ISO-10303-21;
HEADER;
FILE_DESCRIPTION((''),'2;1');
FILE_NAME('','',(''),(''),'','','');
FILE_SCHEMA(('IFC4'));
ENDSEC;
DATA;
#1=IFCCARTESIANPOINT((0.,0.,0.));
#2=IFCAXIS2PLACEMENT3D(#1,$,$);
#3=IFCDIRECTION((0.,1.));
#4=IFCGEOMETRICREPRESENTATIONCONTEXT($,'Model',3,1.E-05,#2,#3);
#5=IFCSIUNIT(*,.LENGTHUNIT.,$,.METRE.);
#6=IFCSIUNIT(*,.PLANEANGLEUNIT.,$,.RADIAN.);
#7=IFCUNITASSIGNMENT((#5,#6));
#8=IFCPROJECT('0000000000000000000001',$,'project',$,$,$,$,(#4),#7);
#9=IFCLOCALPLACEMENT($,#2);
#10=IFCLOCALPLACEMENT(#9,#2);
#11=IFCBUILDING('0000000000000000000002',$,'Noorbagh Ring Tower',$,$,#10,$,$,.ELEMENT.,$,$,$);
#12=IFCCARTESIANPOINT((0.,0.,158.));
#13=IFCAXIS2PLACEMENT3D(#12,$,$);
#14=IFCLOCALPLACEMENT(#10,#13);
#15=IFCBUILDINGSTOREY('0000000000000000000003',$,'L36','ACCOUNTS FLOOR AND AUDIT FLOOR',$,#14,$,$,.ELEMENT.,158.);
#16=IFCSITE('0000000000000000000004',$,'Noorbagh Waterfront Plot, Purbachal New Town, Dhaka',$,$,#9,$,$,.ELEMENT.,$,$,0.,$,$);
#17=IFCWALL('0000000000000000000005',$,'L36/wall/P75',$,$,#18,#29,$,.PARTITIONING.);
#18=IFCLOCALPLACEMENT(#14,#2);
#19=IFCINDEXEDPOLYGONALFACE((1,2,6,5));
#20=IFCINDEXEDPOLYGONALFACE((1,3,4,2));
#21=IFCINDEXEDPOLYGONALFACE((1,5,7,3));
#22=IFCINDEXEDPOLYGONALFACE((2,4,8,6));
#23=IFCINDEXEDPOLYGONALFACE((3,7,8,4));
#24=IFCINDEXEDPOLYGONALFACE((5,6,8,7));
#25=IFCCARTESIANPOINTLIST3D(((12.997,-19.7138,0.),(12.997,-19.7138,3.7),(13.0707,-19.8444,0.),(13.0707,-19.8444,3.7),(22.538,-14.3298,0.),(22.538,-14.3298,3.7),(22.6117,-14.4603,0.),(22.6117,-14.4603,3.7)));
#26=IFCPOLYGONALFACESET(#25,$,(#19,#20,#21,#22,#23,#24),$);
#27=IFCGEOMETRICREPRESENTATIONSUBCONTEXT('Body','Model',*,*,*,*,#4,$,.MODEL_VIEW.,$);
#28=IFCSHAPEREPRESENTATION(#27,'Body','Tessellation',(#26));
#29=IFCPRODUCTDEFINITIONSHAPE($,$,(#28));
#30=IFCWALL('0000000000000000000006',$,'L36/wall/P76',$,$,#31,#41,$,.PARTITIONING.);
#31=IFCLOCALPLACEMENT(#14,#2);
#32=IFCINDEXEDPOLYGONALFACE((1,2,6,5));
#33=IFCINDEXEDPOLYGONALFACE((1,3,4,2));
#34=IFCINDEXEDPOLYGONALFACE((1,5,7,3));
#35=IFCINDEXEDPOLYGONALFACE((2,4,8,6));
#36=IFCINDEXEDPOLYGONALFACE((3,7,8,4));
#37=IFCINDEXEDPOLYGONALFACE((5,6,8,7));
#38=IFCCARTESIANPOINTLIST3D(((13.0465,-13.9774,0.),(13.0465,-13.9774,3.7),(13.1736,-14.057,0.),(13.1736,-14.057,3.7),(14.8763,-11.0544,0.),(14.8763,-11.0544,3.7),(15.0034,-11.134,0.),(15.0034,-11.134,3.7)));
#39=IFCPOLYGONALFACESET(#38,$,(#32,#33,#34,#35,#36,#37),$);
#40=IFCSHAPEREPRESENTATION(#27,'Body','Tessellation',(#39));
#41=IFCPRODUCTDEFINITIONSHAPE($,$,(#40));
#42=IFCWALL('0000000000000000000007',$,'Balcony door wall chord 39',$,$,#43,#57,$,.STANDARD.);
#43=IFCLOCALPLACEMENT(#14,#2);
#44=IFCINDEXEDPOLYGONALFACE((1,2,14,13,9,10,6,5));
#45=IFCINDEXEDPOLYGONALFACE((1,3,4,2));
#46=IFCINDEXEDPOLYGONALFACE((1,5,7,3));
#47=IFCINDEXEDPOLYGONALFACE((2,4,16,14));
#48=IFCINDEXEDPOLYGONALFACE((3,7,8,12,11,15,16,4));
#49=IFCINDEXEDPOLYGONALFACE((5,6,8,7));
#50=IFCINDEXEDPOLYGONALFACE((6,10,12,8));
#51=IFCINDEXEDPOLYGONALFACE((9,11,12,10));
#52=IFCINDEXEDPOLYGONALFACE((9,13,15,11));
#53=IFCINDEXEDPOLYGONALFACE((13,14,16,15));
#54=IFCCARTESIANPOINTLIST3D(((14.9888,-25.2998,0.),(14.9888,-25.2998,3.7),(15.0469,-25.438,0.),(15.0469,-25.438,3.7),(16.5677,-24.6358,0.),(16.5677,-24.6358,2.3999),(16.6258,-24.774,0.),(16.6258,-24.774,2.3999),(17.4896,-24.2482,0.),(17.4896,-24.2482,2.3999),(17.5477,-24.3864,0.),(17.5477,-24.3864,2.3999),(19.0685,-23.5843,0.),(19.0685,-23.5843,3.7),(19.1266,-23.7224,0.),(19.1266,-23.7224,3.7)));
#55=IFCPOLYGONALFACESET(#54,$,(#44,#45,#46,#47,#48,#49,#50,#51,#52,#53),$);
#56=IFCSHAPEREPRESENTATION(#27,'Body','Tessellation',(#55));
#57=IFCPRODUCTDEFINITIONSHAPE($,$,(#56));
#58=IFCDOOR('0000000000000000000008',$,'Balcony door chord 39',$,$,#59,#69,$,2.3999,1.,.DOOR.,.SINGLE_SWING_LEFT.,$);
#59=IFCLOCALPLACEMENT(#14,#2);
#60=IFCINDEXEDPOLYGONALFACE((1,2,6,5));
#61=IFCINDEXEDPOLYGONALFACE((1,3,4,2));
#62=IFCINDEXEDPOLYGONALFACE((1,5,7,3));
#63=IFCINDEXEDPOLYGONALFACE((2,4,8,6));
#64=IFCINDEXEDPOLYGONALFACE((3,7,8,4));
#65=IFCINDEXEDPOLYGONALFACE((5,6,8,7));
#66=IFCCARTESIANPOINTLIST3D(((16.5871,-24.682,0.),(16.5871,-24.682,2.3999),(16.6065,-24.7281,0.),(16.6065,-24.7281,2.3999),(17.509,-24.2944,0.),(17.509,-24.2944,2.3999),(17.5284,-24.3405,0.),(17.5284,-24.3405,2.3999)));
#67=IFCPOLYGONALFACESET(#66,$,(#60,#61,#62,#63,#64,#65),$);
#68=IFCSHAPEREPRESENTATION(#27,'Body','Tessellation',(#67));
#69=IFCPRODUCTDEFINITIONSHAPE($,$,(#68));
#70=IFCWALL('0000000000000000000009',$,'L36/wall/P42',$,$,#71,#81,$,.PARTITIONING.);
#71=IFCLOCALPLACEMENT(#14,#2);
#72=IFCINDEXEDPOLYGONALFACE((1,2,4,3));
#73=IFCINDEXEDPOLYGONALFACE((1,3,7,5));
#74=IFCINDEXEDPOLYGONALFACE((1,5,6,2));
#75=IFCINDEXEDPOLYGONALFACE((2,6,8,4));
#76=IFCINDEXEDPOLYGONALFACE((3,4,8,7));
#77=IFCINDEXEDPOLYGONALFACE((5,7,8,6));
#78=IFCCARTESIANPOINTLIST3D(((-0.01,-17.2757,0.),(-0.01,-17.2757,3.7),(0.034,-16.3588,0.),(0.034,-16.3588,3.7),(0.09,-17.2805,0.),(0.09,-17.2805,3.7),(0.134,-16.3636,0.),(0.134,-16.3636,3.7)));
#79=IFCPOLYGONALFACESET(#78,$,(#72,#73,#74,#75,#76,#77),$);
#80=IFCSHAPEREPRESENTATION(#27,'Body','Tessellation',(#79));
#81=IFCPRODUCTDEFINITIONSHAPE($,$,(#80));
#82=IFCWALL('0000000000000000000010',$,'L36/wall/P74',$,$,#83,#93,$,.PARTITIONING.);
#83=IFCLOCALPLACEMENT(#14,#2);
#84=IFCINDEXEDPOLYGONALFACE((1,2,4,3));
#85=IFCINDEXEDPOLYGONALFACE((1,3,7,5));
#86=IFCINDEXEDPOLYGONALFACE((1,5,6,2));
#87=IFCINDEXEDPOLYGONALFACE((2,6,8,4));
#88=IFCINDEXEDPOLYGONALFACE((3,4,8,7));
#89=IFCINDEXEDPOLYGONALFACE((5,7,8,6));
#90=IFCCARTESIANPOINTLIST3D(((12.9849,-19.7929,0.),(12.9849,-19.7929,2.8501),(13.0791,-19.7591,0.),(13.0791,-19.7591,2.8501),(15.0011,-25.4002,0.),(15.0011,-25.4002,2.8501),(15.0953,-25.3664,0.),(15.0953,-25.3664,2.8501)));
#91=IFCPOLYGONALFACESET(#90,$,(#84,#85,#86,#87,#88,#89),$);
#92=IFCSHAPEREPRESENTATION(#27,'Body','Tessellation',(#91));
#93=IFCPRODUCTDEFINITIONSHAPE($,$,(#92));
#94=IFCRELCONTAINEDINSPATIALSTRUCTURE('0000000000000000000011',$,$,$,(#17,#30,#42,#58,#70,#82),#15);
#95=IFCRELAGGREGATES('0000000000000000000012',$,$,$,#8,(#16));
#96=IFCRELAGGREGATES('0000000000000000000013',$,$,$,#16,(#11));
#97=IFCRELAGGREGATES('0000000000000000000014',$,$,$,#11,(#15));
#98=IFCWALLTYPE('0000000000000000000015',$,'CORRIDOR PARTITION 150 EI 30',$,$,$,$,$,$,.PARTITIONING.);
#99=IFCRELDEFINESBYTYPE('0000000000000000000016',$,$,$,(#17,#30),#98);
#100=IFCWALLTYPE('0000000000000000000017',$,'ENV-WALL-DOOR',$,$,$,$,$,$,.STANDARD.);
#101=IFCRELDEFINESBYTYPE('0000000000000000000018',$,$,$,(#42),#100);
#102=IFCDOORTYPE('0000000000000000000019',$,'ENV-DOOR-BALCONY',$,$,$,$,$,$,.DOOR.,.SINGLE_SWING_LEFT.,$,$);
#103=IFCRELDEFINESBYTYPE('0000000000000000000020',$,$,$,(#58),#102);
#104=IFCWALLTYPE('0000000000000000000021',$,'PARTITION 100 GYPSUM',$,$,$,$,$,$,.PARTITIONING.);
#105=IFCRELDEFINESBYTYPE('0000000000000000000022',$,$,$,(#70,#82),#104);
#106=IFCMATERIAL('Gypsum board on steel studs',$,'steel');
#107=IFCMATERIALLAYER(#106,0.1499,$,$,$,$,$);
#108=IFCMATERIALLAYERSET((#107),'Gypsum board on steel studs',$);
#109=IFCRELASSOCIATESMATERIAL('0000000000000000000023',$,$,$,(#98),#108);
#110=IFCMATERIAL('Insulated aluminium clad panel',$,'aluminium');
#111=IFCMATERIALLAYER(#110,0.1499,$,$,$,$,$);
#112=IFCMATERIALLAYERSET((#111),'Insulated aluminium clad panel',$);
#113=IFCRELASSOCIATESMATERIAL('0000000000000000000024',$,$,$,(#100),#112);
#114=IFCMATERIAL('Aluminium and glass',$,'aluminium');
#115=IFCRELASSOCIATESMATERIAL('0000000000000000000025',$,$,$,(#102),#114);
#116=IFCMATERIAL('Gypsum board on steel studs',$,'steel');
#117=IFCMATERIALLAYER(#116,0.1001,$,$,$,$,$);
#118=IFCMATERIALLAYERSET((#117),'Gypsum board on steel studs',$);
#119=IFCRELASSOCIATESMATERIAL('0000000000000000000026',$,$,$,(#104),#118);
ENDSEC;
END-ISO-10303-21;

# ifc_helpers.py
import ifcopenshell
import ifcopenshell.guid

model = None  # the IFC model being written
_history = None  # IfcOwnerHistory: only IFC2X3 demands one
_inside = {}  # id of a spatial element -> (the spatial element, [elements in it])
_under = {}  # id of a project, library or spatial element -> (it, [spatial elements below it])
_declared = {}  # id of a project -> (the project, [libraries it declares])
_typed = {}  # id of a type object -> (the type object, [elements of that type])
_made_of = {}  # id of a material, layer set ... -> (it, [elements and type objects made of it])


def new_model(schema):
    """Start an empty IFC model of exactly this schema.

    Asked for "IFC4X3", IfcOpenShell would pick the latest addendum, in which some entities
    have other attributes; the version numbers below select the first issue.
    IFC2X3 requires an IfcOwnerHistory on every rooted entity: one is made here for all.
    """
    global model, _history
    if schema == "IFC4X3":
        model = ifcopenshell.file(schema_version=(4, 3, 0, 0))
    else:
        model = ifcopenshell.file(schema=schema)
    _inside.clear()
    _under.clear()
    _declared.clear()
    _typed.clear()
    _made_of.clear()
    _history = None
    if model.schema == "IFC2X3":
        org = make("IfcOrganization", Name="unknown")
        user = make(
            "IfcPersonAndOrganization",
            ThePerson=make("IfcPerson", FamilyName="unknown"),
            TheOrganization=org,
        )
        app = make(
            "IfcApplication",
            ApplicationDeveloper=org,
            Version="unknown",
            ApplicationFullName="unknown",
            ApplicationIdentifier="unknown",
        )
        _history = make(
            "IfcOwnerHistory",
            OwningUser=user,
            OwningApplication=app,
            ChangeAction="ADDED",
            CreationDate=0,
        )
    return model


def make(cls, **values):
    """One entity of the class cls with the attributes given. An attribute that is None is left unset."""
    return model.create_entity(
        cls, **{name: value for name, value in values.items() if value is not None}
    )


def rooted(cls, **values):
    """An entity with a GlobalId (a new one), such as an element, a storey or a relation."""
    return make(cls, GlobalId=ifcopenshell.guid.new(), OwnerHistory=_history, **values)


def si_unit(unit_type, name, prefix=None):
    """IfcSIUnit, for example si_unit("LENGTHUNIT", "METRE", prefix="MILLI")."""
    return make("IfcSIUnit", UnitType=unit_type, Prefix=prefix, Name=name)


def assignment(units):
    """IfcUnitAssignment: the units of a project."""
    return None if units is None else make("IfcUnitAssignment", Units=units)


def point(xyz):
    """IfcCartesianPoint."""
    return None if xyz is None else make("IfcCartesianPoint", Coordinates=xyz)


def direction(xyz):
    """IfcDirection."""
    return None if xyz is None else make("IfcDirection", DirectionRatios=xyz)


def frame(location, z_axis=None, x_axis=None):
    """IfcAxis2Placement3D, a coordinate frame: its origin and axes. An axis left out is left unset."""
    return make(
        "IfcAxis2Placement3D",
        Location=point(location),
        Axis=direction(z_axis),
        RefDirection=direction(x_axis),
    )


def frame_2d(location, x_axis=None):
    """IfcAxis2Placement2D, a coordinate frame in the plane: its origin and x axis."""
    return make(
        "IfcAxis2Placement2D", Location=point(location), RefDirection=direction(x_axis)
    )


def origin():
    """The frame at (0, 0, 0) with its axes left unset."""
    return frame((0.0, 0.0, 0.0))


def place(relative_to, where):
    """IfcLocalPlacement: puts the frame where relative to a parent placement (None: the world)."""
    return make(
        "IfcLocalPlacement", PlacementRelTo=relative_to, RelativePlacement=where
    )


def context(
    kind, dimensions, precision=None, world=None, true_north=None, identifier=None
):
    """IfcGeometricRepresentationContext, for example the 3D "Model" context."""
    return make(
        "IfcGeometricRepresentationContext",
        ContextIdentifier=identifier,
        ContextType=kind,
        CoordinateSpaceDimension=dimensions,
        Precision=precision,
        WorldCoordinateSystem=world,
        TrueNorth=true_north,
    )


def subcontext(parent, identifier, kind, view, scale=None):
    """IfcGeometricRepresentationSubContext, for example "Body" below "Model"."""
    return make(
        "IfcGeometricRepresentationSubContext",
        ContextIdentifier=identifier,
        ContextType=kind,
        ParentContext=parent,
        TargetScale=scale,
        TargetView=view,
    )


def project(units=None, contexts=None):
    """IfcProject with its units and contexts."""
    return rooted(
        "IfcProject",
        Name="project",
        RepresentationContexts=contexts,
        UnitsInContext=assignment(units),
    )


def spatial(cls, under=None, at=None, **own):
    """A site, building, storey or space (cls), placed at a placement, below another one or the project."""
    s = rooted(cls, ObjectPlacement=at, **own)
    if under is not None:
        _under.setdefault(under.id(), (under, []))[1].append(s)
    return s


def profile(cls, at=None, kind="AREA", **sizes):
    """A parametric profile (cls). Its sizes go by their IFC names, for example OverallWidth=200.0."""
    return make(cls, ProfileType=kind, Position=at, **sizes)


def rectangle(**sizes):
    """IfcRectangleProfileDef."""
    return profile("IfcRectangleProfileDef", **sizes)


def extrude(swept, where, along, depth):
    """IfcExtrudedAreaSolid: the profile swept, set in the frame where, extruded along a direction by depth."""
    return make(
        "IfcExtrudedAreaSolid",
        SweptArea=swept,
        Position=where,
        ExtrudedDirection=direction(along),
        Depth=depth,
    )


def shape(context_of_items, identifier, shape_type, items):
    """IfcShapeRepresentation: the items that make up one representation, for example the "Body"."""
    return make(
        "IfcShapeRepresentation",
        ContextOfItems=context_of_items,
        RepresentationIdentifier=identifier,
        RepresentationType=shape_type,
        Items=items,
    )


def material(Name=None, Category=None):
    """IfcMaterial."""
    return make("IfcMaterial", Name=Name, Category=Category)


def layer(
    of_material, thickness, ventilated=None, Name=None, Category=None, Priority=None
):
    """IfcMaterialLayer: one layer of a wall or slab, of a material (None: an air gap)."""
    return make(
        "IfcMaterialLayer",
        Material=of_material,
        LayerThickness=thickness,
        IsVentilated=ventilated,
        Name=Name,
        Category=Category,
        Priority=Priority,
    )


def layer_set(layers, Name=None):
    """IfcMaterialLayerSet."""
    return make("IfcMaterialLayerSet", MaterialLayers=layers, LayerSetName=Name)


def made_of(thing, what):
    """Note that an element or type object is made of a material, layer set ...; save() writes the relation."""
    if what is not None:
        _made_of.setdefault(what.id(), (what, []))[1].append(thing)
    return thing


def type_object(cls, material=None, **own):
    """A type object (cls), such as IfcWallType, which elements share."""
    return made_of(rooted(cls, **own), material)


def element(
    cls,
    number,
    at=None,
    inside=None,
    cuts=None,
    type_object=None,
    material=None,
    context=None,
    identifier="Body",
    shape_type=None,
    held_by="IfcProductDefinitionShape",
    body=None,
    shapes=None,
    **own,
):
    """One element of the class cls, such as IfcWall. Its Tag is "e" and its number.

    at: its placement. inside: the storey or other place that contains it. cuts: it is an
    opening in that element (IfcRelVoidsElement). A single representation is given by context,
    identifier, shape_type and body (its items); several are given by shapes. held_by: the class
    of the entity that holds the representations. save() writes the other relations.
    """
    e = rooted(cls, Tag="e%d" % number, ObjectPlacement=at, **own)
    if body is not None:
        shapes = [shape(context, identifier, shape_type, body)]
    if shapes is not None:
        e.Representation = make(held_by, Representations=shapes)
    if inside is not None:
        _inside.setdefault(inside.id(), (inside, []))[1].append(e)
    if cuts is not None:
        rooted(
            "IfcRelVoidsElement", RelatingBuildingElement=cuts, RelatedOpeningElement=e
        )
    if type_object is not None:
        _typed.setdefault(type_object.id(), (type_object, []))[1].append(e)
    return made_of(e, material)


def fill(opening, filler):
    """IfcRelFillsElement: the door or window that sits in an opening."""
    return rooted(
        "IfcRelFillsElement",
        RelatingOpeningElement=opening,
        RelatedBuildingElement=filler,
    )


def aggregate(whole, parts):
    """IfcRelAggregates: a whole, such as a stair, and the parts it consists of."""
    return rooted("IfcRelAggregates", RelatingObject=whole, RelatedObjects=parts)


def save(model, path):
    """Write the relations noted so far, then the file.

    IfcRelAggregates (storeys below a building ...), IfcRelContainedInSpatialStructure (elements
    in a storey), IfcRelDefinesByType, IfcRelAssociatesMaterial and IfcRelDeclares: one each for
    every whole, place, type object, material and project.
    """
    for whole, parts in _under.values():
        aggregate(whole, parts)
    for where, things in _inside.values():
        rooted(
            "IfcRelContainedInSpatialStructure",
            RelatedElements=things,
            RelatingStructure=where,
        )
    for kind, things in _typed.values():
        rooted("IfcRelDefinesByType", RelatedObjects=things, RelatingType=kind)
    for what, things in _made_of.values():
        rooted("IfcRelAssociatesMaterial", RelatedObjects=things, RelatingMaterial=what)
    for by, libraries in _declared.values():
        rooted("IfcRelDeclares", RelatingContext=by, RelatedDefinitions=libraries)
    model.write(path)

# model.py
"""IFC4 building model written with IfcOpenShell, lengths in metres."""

from ifc_helpers import new_model, si_unit, direction, frame, frame_2d, origin, place, context, subcontext, project, spatial, rectangle, extrude, material, layer, layer_set, type_object, element, fill, save


model = new_model("IFC4")

# Units and contexts
model_context = context("Model", 3, precision=1e-05, world=origin(), true_north=direction((0.0, 1.0)))
body_context = subcontext(model_context, "Body", "Model", "MODEL_VIEW")
ifc_project = project(units=[si_unit("LENGTHUNIT", "METRE"), si_unit("PLANEANGLEUNIT", "RADIAN")], contexts=[model_context])

# Site, building, storey
site_placement = place(None, origin())
site = spatial("IfcSite", under=ifc_project, at=site_placement, Name="Noorbagh Waterfront Plot, Purbachal New Town, Dhaka", CompositionType="ELEMENT", RefElevation=0.0)
building_placement = place(site_placement, origin())
building = spatial("IfcBuilding", under=site, at=building_placement, Name="Noorbagh Ring Tower", CompositionType="ELEMENT")
storey_placement = place(building_placement, frame((0.0, 0.0, 158.0)))
storey = spatial("IfcBuildingStorey", under=building, at=storey_placement, Name="L36", Description="ACCOUNTS FLOOR AND AUDIT FLOOR", CompositionType="ELEMENT", Elevation=158.0)

# Walls
ifc_material_1 = material(Name="Gypsum board on steel studs", Category="steel")
ifc_layer_1 = layer(ifc_material_1, 0.1499)
ifc_layer_set_1 = layer_set([ifc_layer_1], Name="Gypsum board on steel studs")
wall_type_1 = type_object("IfcWallType", Name="CORRIDOR PARTITION 150 EI 30", PredefinedType="PARTITIONING", material=ifc_layer_set_1)
wall_1_placement = place(storey_placement, frame((13.0339, -19.7791, 0.0), z_axis=(0.0, 0.0, 1.0), x_axis=(0.870903, 0.491454, 0.0)))
element("IfcWall", 1, at=wall_1_placement, inside=storey, type_object=wall_type_1, Name="L36/wall/P75", PredefinedType="PARTITIONING", context=body_context, shape_type="SweptSolid", body=[
    extrude(rectangle(XDim=10.9553, YDim=0.1499, at=frame_2d((5.4775, 0.0))), origin(), (0.0, 0.0, 1.0), 3.7),
])
wall_2_placement = place(storey_placement, frame((13.1101, -14.0171, 0.0), z_axis=(0.0, 0.0, 1.0), x_axis=(0.530603, 0.84762, 0.0)))
element("IfcWall", 2, at=wall_2_placement, inside=storey, type_object=wall_type_1, Name="L36/wall/P76", PredefinedType="PARTITIONING", context=body_context, shape_type="SweptSolid", body=[
    extrude(rectangle(XDim=3.4485, YDim=0.1499, at=frame_2d((1.7241, 0.0))), origin(), (0.0, 0.0, 1.0), 3.7),
])

# Wall, opening, door
ifc_material_2 = material(Name="Insulated aluminium clad panel", Category="aluminium")
ifc_layer_2 = layer(ifc_material_2, 0.1499)
ifc_layer_set_2 = layer_set([ifc_layer_2], Name="Insulated aluminium clad panel")
wall_type_2 = type_object("IfcWallType", Name="ENV-WALL-DOOR", PredefinedType="STANDARD", material=ifc_layer_set_2)
wall_3_placement = place(storey_placement, frame((15.0178, -25.3689, 0.0), z_axis=(0.0, 0.0, 1.0), x_axis=(0.921817, 0.387625, 0.0)))
wall_3 = element("IfcWall", 3, at=wall_3_placement, inside=storey, type_object=wall_type_2, Name="Balcony door wall chord 39", PredefinedType="STANDARD", context=body_context, shape_type="SweptSolid", body=[
    extrude(rectangle(XDim=4.4258, YDim=0.1499, at=frame_2d((2.2129, 0.0))), origin(), (0.0, 0.0, 1.0), 3.7),
])
opening_placement = place(wall_3_placement, frame((1.7129, 0.0, 0.0)))
opening = element("IfcOpeningElement", 4, at=opening_placement, cuts=wall_3, PredefinedType="OPENING", context=body_context, shape_type="SweptSolid", body=[
    extrude(rectangle(XDim=1.0, YDim=2.3999, at=frame_2d((0.5, 1.2))), frame((0.0, 0.085, 0.0), z_axis=(0.0, -1.0, 0.0), x_axis=(1.0, 0.0, 0.0)), (0.0, 0.0, 1.0), 0.1699),
])
ifc_material_3 = material(Name="Aluminium and glass", Category="aluminium")
door_type = type_object("IfcDoorType", Name="ENV-DOOR-BALCONY", OperationType="SINGLE_SWING_LEFT", PredefinedType="DOOR", material=ifc_material_3)
door_placement = place(opening_placement, origin())
door = element("IfcDoor", 5, at=door_placement, inside=storey, type_object=door_type, Name="Balcony door chord 39", OperationType="SINGLE_SWING_LEFT", OverallHeight=2.3999, OverallWidth=1.0, PredefinedType="DOOR", context=body_context, shape_type="SweptSolid", body=[
    extrude(rectangle(XDim=1.0, YDim=2.3999, at=frame_2d((0.5, 1.2))), frame((0.0, 0.0249, 0.0), z_axis=(0.0, -1.0, 0.0), x_axis=(1.0, 0.0, 0.0)), (0.0, 0.0, 1.0), 0.05),
])
fill(opening, door)

# Walls
ifc_material_4 = material(Name="Gypsum board on steel studs", Category="steel")
ifc_layer_3 = layer(ifc_material_4, 0.1001)
ifc_layer_set_3 = layer_set([ifc_layer_3], Name="Gypsum board on steel studs")
wall_type_3 = type_object("IfcWallType", Name="PARTITION 100 GYPSUM", PredefinedType="PARTITIONING", material=ifc_layer_set_3)
wall_4_placement = place(storey_placement, frame((0.04, -17.2781, 0.0), z_axis=(0.0, 0.0, 1.0), x_axis=(0.047868, 0.998854, 0.0)))
element("IfcWall", 6, at=wall_4_placement, inside=storey, type_object=wall_type_3, Name="L36/wall/P42", PredefinedType="PARTITIONING", context=body_context, shape_type="SweptSolid", body=[
    extrude(rectangle(XDim=0.918, YDim=0.1001, at=frame_2d((0.459, 0.0))), origin(), (0.0, 0.0, 1.0), 3.7),
])
wall_5_placement = place(storey_placement, frame((13.032, -19.7759, 0.0), z_axis=(0.0, 0.0, 1.0), x_axis=(0.338352, -0.941019, 0.0)))
element("IfcWall", 7, at=wall_5_placement, inside=storey, type_object=wall_type_3, Name="L36/wall/P74", PredefinedType="PARTITIONING", context=body_context, shape_type="SweptSolid", body=[
    extrude(rectangle(XDim=5.9587, YDim=0.1001, at=frame_2d((2.9795, 0.0))), origin(), (0.0, 0.0, 1.0), 2.8501),
])

save(model, "model.ifc")
